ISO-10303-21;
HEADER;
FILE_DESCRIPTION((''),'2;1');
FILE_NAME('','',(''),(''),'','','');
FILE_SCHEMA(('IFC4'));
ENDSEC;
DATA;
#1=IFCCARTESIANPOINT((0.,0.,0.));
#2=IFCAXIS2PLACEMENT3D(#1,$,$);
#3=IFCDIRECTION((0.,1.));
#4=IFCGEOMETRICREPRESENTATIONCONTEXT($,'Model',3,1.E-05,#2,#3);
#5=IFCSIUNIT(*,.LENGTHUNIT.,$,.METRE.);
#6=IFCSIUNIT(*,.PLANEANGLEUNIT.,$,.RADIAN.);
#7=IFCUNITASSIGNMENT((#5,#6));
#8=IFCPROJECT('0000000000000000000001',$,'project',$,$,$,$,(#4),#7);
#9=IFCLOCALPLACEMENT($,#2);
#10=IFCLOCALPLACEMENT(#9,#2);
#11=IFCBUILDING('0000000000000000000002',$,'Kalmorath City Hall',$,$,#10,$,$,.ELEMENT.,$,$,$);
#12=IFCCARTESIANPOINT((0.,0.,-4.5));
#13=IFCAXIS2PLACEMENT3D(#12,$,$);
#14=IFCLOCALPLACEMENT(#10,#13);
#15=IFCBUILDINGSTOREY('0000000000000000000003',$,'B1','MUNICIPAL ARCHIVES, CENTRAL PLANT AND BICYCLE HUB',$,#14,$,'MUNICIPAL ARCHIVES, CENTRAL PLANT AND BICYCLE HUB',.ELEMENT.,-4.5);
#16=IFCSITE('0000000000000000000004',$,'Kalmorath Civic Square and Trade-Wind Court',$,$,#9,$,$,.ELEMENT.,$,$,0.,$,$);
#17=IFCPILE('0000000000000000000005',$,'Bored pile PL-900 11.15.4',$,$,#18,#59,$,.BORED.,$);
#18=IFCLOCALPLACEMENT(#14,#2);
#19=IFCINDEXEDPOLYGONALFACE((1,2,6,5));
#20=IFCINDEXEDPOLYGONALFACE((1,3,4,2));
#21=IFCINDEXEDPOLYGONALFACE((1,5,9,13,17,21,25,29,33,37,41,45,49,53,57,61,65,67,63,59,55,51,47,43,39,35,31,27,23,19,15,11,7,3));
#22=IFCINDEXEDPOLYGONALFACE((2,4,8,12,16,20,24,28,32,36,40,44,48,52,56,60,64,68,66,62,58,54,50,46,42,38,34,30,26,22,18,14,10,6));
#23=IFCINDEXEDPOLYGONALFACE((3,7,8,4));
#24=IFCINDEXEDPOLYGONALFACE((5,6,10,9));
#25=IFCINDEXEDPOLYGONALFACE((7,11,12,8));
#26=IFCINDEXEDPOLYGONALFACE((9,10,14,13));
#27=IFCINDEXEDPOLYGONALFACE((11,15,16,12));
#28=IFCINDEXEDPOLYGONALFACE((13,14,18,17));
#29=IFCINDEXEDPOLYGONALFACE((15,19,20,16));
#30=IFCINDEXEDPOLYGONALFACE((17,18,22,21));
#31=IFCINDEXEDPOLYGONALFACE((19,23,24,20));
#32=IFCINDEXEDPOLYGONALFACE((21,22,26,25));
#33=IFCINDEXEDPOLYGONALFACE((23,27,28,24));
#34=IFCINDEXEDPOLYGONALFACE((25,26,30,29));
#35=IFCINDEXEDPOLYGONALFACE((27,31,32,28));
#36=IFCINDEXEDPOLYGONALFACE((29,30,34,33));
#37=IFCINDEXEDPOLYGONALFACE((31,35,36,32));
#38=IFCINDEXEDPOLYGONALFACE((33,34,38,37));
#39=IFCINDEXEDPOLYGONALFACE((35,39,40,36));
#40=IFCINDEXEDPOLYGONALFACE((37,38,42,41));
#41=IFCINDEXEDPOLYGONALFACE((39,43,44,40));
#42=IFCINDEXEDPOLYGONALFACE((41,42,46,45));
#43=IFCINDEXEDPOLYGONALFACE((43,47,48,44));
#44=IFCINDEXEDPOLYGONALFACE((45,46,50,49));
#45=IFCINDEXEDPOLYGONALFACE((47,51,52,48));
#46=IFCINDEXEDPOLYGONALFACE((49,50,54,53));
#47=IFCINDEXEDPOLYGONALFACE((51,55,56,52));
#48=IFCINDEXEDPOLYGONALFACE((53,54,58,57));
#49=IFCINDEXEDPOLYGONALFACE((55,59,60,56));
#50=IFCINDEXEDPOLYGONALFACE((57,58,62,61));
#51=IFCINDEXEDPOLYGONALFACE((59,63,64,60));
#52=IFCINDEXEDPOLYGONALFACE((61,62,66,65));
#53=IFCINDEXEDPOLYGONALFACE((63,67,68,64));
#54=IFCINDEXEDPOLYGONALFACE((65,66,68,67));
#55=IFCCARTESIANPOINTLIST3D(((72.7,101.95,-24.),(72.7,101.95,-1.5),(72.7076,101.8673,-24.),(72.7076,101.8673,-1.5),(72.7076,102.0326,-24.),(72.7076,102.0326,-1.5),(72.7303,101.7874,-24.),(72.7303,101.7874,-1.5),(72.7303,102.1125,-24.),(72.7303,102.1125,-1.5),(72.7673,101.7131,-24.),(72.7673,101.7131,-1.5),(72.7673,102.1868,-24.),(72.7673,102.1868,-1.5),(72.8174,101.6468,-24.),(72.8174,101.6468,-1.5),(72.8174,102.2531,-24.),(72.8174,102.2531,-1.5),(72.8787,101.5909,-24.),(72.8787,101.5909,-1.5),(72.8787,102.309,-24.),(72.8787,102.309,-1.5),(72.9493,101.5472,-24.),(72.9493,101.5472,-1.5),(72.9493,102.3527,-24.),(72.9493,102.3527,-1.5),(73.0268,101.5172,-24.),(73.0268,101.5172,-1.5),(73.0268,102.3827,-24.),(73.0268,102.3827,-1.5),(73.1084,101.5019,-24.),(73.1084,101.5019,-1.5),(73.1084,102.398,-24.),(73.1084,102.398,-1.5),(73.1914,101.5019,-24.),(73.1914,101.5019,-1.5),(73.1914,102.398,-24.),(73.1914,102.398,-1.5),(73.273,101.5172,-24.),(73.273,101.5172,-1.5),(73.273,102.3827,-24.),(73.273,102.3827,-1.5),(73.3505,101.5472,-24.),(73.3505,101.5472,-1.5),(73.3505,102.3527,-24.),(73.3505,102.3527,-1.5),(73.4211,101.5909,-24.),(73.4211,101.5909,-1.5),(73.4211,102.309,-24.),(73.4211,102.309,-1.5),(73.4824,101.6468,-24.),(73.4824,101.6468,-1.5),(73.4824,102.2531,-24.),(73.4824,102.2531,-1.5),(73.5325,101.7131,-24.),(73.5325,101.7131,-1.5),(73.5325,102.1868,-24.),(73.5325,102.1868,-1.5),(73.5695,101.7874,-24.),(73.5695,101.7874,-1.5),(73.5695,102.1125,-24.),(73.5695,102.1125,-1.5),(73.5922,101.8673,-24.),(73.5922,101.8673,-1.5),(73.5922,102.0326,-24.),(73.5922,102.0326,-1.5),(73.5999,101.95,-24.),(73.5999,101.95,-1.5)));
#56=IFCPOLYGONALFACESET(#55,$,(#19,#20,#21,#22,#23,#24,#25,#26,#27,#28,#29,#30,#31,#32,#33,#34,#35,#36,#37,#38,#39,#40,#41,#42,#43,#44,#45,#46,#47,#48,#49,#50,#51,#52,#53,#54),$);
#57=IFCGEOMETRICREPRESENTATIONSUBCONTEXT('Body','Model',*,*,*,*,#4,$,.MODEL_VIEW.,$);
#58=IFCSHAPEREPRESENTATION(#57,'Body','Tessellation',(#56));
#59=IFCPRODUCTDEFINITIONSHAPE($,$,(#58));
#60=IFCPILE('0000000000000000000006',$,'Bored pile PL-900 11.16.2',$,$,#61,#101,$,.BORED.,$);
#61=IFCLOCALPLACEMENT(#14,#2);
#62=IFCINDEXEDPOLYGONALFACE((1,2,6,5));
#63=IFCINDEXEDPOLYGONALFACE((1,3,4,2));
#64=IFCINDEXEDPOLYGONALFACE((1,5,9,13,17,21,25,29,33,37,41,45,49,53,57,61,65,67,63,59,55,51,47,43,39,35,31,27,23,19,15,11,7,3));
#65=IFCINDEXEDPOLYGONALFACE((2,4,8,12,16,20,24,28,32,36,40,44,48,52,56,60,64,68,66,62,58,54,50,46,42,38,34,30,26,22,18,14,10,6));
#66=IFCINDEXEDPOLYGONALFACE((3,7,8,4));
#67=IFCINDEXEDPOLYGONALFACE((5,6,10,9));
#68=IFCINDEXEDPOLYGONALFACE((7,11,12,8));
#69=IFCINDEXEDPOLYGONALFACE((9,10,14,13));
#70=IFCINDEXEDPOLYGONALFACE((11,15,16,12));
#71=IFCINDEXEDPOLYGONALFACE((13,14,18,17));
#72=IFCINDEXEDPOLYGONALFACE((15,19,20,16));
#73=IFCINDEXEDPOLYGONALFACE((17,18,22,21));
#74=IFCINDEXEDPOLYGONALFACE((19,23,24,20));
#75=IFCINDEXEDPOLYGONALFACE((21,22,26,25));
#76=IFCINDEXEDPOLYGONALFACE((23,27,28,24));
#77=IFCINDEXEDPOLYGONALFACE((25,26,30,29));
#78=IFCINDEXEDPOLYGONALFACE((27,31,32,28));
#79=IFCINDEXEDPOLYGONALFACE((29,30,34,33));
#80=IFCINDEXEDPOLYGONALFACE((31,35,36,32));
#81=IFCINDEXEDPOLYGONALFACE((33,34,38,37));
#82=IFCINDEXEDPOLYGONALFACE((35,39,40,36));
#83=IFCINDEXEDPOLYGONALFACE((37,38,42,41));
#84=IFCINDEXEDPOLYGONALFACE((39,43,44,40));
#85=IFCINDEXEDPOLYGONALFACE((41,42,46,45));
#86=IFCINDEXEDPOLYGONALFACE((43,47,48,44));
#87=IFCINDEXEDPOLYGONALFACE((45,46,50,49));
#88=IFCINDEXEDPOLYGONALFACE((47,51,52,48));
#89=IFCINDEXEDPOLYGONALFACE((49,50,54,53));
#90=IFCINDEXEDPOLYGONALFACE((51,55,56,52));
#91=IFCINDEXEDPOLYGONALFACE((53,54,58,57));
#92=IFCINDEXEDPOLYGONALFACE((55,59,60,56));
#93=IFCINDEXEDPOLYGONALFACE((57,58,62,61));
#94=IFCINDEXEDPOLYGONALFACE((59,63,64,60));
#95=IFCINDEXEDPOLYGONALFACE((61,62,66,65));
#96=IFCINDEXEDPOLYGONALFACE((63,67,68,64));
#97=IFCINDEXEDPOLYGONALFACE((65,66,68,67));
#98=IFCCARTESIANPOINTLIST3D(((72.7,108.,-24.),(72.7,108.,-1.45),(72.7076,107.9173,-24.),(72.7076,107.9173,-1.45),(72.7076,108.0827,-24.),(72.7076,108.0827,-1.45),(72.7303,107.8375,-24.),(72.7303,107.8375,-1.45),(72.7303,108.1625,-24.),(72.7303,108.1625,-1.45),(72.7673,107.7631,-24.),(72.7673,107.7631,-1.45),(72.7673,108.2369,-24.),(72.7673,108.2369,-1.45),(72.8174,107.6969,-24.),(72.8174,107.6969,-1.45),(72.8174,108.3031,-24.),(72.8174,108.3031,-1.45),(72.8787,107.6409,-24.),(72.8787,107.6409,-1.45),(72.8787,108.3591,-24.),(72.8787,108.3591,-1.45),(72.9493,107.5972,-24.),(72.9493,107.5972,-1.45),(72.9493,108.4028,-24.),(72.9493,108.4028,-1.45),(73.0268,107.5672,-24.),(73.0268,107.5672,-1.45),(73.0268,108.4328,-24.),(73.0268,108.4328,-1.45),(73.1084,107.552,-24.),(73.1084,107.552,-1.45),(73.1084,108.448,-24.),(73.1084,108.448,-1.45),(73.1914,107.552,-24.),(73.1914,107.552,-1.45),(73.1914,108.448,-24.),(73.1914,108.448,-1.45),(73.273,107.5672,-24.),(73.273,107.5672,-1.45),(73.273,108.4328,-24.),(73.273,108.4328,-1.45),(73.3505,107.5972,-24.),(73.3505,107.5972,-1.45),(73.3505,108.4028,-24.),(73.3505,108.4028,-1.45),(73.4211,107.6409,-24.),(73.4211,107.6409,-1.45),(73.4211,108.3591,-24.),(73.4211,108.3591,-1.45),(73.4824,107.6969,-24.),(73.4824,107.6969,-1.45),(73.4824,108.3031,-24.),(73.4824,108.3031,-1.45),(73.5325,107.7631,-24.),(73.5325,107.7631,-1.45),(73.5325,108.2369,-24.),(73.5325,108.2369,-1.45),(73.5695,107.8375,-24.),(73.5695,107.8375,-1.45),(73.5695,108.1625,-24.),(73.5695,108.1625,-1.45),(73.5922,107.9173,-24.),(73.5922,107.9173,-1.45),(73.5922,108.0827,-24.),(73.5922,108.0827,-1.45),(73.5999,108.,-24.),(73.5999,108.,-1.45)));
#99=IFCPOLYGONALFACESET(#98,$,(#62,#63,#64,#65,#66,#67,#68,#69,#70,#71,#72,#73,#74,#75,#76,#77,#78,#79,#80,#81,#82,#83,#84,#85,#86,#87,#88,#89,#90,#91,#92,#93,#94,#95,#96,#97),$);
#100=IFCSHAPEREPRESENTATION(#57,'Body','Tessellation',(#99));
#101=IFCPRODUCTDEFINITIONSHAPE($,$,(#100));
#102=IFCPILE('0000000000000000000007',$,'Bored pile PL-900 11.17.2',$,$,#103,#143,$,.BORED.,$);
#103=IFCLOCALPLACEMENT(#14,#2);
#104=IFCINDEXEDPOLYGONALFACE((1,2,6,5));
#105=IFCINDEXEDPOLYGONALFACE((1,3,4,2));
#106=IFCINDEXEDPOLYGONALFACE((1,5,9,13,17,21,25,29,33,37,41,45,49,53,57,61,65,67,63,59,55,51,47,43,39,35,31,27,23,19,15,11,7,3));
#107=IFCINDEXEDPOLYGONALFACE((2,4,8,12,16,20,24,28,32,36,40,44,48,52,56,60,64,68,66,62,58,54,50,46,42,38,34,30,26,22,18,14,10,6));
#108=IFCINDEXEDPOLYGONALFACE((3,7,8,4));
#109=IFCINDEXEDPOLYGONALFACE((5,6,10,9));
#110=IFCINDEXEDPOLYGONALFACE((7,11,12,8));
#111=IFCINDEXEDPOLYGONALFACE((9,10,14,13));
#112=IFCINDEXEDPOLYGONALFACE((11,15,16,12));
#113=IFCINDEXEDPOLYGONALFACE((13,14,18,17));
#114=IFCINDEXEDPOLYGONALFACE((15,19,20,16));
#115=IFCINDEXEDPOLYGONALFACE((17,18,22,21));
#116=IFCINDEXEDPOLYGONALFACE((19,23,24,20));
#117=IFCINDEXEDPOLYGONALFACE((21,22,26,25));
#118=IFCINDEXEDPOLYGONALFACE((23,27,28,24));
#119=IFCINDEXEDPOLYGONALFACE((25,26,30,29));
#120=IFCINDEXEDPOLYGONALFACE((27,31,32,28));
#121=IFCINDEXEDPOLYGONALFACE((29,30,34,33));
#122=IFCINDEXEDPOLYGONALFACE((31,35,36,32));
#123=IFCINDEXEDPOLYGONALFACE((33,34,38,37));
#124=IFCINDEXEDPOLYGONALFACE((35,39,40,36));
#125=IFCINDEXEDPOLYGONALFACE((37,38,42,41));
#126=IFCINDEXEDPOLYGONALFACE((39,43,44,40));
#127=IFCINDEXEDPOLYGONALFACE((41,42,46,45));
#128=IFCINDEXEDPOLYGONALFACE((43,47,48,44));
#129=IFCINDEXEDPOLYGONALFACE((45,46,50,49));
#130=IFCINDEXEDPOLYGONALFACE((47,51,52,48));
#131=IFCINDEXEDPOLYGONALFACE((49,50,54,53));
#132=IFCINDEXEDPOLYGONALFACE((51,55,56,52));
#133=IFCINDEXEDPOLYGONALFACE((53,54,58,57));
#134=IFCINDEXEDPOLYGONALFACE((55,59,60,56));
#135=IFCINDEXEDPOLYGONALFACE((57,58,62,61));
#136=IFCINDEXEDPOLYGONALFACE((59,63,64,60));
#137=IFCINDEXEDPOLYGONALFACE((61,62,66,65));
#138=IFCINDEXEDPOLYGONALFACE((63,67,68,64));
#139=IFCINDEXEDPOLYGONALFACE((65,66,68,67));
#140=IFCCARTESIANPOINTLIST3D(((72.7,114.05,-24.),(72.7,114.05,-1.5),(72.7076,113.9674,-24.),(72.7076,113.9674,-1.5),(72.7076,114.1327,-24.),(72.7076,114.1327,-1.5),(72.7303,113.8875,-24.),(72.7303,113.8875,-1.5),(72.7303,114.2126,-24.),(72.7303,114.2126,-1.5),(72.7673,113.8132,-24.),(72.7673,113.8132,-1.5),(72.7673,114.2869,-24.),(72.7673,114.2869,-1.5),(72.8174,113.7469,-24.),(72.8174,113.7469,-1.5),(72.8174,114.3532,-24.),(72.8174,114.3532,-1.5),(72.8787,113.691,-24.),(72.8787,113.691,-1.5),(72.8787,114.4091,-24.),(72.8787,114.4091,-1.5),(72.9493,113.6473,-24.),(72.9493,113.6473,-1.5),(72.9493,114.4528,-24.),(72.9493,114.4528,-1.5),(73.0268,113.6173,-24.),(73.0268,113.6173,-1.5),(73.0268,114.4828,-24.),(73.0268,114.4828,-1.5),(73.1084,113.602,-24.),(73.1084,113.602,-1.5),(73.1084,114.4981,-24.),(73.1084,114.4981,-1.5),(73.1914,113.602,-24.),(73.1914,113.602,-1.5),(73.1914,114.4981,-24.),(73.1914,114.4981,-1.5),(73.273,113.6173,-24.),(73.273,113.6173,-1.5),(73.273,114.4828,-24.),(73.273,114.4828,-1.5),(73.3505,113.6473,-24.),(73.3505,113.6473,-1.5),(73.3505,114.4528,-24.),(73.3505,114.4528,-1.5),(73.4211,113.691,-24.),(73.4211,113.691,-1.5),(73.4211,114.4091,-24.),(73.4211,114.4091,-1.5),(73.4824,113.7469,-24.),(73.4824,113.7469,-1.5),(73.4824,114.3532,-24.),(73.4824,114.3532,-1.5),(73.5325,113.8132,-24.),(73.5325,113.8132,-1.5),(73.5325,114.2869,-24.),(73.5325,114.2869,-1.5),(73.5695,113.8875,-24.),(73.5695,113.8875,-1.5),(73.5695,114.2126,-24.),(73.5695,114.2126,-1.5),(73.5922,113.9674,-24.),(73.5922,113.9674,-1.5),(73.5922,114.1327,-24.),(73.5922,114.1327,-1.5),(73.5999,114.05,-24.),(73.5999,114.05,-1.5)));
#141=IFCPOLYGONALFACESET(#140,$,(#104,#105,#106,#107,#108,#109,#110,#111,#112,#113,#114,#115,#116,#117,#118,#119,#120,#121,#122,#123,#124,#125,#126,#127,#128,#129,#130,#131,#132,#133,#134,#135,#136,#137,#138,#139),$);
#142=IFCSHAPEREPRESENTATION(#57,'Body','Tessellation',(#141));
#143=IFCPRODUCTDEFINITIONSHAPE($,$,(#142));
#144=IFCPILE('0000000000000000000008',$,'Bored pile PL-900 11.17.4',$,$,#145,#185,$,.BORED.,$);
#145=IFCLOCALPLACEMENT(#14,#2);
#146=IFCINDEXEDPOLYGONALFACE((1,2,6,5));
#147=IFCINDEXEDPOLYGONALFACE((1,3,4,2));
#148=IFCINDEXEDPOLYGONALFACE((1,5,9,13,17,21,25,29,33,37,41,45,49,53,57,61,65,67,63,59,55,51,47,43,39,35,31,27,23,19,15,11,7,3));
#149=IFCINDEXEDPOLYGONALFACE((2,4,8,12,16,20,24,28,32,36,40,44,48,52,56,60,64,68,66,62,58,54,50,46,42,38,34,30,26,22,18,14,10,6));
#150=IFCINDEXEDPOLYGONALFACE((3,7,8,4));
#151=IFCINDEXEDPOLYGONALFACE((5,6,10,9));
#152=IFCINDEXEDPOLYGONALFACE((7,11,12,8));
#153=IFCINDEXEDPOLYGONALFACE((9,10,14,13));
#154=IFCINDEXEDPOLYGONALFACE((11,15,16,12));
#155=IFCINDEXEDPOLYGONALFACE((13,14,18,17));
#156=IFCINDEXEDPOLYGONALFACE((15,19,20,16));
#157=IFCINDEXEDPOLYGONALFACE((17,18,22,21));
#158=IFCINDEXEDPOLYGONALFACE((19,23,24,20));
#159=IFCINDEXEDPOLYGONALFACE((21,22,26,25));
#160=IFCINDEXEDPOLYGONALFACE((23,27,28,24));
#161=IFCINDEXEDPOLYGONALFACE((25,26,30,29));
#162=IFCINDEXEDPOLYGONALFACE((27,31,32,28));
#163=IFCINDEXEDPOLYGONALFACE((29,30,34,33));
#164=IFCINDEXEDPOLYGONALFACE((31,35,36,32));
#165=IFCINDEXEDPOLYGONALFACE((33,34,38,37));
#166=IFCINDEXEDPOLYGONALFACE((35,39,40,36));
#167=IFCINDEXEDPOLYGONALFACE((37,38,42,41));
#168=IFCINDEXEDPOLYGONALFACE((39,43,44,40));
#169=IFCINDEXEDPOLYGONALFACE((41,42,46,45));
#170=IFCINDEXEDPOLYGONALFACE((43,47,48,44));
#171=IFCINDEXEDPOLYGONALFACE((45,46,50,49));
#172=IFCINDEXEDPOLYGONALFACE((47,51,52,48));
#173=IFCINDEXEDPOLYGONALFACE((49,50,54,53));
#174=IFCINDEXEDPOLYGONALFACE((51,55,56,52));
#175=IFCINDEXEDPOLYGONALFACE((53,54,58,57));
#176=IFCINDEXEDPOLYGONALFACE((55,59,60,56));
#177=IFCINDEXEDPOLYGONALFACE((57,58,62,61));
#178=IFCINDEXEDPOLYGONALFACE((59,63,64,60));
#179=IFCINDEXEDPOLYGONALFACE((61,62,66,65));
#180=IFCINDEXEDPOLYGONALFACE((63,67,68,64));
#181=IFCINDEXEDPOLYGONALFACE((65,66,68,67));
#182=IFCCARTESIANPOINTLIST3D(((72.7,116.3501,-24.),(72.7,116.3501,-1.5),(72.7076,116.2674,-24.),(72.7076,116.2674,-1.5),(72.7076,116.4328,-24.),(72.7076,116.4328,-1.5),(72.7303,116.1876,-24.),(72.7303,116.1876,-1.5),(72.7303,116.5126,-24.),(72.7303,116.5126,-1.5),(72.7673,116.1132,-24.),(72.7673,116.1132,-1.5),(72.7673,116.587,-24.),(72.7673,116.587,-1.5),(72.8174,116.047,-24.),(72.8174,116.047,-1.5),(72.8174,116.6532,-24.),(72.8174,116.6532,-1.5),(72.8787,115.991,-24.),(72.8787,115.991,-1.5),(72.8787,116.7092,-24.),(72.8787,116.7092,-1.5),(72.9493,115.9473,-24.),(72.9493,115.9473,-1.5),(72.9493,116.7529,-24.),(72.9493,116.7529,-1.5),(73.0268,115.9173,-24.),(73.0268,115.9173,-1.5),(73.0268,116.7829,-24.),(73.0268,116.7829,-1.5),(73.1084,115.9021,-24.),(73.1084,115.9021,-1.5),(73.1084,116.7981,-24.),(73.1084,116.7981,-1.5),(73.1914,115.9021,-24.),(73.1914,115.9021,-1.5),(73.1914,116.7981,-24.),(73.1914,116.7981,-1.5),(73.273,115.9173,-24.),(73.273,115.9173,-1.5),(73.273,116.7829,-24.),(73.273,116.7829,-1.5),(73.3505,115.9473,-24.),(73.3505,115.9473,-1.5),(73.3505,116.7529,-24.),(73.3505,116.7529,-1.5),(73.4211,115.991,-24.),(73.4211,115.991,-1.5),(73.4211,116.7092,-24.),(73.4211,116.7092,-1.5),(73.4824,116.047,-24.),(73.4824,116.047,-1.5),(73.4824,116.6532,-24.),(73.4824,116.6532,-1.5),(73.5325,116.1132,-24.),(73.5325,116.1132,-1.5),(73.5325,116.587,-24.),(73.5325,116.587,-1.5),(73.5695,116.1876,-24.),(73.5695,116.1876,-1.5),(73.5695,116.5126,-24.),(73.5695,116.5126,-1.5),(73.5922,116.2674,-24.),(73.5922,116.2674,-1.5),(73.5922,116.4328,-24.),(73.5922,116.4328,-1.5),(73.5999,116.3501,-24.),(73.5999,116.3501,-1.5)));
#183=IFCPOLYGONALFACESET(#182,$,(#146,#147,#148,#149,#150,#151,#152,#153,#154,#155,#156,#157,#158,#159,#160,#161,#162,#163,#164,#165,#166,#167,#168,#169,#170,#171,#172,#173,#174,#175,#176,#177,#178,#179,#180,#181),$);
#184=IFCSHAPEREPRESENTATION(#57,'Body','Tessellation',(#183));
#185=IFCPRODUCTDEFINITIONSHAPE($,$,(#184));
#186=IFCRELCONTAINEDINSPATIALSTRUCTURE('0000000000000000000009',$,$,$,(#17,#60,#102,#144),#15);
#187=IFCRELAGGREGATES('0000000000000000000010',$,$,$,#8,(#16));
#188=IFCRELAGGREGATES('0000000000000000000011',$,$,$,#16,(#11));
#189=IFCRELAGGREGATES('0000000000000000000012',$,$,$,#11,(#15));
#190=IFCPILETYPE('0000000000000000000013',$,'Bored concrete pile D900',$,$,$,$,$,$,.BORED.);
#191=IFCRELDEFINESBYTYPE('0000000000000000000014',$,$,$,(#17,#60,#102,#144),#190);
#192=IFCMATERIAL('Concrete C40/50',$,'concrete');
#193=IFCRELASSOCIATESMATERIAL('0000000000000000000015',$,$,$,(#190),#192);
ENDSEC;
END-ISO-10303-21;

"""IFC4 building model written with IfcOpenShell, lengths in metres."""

from ifc_helpers import new_model, si_unit, direction, frame, origin, origin_2d, place, context, subcontext, project, spatial, circle, extrude, material, material_profile, profile_set, type_object, element, save


model = new_model("IFC4")

# Units and contexts
model_context = context("Model", 3, precision=1e-05, world=origin(), true_north=direction((0.0, 1.0)))
body_context = subcontext(model_context, "Body", "Model", "MODEL_VIEW")
ifc_project = project(units=[si_unit("LENGTHUNIT", "METRE"), si_unit("PLANEANGLEUNIT", "RADIAN")], contexts=[model_context])

# Site, building, storey
site_placement = place(None, origin())
site = spatial("IfcSite", under=ifc_project, at=site_placement, Name="Kalmorath Civic Square and Trade-Wind Court", CompositionType="ELEMENT", RefElevation=0.0)
building_placement = place(site_placement, origin())
building = spatial("IfcBuilding", under=site, at=building_placement, Name="Kalmorath City Hall", CompositionType="ELEMENT")
storey_placement = place(building_placement, frame((0.0, 0.0, -4.5)))
storey = spatial("IfcBuildingStorey", under=building, at=storey_placement, Name="B1", Description="MUNICIPAL ARCHIVES, CENTRAL PLANT AND BICYCLE HUB", LongName="MUNICIPAL ARCHIVES, CENTRAL PLANT AND BICYCLE HUB", CompositionType="ELEMENT", Elevation=-4.5)

# Piles
ifc_material_1 = material(Name="Concrete C40/50", Category="concrete")
ifc_material_profile_1 = material_profile(ifc_material_1, circle(Radius=0.45, at=origin_2d()), Name="PILE-D900")
ifc_profile_set_1 = profile_set([ifc_material_profile_1], Name="Concrete C40/50")
pile_type = type_object("IfcPileType", Name="Bored concrete pile D900", PredefinedType="BORED", material=ifc_profile_set_1)
pile_1_placement = place(storey_placement, frame((73.1499, 101.95, -1.5), z_axis=(0.0, 0.0, -1.0), x_axis=(1.0, 0.0, 0.0)))
element("IfcPile", 1, at=pile_1_placement, inside=storey, type_object=pile_type, Name="Bored pile PL-900 11.15.4", PredefinedType="BORED", context=body_context, shape_type="SweptSolid", body=[
    extrude(circle(Radius=0.45, at=origin_2d()), origin(), (0.0, 0.0, 1.0), 22.5),
])
pile_2_placement = place(storey_placement, frame((73.1499, 108.0, -1.45), z_axis=(0.0, 0.0, -1.0), x_axis=(1.0, 0.0, 0.0)))
element("IfcPile", 2, at=pile_2_placement, inside=storey, type_object=pile_type, Name="Bored pile PL-900 11.16.2", PredefinedType="BORED", context=body_context, shape_type="SweptSolid", body=[
    extrude(circle(Radius=0.45, at=origin_2d()), origin(), (0.0, 0.0, 1.0), 22.55),
])
for number, where, z_axis, x_axis, name in (
    (3, (73.1499, 114.05, -1.5), (0.0, 0.0, -1.0), (1.0, 0.0, 0.0), "Bored pile PL-900 11.17.2"),
    (4, (73.1499, 116.3501, -1.5), (0.0, 0.0, -1.0), (1.0, 0.0, 0.0), "Bored pile PL-900 11.17.4"),
):
    element("IfcPile", number, at=place(storey_placement, frame(where, z_axis=z_axis, x_axis=x_axis)), inside=storey, type_object=pile_type, Name=name, PredefinedType="BORED", context=body_context, shape_type="SweptSolid", body=[
        extrude(circle(Radius=0.45, at=origin_2d()), origin(), (0.0, 0.0, 1.0), 22.5),
    ])

save(model, "model.ifc")
